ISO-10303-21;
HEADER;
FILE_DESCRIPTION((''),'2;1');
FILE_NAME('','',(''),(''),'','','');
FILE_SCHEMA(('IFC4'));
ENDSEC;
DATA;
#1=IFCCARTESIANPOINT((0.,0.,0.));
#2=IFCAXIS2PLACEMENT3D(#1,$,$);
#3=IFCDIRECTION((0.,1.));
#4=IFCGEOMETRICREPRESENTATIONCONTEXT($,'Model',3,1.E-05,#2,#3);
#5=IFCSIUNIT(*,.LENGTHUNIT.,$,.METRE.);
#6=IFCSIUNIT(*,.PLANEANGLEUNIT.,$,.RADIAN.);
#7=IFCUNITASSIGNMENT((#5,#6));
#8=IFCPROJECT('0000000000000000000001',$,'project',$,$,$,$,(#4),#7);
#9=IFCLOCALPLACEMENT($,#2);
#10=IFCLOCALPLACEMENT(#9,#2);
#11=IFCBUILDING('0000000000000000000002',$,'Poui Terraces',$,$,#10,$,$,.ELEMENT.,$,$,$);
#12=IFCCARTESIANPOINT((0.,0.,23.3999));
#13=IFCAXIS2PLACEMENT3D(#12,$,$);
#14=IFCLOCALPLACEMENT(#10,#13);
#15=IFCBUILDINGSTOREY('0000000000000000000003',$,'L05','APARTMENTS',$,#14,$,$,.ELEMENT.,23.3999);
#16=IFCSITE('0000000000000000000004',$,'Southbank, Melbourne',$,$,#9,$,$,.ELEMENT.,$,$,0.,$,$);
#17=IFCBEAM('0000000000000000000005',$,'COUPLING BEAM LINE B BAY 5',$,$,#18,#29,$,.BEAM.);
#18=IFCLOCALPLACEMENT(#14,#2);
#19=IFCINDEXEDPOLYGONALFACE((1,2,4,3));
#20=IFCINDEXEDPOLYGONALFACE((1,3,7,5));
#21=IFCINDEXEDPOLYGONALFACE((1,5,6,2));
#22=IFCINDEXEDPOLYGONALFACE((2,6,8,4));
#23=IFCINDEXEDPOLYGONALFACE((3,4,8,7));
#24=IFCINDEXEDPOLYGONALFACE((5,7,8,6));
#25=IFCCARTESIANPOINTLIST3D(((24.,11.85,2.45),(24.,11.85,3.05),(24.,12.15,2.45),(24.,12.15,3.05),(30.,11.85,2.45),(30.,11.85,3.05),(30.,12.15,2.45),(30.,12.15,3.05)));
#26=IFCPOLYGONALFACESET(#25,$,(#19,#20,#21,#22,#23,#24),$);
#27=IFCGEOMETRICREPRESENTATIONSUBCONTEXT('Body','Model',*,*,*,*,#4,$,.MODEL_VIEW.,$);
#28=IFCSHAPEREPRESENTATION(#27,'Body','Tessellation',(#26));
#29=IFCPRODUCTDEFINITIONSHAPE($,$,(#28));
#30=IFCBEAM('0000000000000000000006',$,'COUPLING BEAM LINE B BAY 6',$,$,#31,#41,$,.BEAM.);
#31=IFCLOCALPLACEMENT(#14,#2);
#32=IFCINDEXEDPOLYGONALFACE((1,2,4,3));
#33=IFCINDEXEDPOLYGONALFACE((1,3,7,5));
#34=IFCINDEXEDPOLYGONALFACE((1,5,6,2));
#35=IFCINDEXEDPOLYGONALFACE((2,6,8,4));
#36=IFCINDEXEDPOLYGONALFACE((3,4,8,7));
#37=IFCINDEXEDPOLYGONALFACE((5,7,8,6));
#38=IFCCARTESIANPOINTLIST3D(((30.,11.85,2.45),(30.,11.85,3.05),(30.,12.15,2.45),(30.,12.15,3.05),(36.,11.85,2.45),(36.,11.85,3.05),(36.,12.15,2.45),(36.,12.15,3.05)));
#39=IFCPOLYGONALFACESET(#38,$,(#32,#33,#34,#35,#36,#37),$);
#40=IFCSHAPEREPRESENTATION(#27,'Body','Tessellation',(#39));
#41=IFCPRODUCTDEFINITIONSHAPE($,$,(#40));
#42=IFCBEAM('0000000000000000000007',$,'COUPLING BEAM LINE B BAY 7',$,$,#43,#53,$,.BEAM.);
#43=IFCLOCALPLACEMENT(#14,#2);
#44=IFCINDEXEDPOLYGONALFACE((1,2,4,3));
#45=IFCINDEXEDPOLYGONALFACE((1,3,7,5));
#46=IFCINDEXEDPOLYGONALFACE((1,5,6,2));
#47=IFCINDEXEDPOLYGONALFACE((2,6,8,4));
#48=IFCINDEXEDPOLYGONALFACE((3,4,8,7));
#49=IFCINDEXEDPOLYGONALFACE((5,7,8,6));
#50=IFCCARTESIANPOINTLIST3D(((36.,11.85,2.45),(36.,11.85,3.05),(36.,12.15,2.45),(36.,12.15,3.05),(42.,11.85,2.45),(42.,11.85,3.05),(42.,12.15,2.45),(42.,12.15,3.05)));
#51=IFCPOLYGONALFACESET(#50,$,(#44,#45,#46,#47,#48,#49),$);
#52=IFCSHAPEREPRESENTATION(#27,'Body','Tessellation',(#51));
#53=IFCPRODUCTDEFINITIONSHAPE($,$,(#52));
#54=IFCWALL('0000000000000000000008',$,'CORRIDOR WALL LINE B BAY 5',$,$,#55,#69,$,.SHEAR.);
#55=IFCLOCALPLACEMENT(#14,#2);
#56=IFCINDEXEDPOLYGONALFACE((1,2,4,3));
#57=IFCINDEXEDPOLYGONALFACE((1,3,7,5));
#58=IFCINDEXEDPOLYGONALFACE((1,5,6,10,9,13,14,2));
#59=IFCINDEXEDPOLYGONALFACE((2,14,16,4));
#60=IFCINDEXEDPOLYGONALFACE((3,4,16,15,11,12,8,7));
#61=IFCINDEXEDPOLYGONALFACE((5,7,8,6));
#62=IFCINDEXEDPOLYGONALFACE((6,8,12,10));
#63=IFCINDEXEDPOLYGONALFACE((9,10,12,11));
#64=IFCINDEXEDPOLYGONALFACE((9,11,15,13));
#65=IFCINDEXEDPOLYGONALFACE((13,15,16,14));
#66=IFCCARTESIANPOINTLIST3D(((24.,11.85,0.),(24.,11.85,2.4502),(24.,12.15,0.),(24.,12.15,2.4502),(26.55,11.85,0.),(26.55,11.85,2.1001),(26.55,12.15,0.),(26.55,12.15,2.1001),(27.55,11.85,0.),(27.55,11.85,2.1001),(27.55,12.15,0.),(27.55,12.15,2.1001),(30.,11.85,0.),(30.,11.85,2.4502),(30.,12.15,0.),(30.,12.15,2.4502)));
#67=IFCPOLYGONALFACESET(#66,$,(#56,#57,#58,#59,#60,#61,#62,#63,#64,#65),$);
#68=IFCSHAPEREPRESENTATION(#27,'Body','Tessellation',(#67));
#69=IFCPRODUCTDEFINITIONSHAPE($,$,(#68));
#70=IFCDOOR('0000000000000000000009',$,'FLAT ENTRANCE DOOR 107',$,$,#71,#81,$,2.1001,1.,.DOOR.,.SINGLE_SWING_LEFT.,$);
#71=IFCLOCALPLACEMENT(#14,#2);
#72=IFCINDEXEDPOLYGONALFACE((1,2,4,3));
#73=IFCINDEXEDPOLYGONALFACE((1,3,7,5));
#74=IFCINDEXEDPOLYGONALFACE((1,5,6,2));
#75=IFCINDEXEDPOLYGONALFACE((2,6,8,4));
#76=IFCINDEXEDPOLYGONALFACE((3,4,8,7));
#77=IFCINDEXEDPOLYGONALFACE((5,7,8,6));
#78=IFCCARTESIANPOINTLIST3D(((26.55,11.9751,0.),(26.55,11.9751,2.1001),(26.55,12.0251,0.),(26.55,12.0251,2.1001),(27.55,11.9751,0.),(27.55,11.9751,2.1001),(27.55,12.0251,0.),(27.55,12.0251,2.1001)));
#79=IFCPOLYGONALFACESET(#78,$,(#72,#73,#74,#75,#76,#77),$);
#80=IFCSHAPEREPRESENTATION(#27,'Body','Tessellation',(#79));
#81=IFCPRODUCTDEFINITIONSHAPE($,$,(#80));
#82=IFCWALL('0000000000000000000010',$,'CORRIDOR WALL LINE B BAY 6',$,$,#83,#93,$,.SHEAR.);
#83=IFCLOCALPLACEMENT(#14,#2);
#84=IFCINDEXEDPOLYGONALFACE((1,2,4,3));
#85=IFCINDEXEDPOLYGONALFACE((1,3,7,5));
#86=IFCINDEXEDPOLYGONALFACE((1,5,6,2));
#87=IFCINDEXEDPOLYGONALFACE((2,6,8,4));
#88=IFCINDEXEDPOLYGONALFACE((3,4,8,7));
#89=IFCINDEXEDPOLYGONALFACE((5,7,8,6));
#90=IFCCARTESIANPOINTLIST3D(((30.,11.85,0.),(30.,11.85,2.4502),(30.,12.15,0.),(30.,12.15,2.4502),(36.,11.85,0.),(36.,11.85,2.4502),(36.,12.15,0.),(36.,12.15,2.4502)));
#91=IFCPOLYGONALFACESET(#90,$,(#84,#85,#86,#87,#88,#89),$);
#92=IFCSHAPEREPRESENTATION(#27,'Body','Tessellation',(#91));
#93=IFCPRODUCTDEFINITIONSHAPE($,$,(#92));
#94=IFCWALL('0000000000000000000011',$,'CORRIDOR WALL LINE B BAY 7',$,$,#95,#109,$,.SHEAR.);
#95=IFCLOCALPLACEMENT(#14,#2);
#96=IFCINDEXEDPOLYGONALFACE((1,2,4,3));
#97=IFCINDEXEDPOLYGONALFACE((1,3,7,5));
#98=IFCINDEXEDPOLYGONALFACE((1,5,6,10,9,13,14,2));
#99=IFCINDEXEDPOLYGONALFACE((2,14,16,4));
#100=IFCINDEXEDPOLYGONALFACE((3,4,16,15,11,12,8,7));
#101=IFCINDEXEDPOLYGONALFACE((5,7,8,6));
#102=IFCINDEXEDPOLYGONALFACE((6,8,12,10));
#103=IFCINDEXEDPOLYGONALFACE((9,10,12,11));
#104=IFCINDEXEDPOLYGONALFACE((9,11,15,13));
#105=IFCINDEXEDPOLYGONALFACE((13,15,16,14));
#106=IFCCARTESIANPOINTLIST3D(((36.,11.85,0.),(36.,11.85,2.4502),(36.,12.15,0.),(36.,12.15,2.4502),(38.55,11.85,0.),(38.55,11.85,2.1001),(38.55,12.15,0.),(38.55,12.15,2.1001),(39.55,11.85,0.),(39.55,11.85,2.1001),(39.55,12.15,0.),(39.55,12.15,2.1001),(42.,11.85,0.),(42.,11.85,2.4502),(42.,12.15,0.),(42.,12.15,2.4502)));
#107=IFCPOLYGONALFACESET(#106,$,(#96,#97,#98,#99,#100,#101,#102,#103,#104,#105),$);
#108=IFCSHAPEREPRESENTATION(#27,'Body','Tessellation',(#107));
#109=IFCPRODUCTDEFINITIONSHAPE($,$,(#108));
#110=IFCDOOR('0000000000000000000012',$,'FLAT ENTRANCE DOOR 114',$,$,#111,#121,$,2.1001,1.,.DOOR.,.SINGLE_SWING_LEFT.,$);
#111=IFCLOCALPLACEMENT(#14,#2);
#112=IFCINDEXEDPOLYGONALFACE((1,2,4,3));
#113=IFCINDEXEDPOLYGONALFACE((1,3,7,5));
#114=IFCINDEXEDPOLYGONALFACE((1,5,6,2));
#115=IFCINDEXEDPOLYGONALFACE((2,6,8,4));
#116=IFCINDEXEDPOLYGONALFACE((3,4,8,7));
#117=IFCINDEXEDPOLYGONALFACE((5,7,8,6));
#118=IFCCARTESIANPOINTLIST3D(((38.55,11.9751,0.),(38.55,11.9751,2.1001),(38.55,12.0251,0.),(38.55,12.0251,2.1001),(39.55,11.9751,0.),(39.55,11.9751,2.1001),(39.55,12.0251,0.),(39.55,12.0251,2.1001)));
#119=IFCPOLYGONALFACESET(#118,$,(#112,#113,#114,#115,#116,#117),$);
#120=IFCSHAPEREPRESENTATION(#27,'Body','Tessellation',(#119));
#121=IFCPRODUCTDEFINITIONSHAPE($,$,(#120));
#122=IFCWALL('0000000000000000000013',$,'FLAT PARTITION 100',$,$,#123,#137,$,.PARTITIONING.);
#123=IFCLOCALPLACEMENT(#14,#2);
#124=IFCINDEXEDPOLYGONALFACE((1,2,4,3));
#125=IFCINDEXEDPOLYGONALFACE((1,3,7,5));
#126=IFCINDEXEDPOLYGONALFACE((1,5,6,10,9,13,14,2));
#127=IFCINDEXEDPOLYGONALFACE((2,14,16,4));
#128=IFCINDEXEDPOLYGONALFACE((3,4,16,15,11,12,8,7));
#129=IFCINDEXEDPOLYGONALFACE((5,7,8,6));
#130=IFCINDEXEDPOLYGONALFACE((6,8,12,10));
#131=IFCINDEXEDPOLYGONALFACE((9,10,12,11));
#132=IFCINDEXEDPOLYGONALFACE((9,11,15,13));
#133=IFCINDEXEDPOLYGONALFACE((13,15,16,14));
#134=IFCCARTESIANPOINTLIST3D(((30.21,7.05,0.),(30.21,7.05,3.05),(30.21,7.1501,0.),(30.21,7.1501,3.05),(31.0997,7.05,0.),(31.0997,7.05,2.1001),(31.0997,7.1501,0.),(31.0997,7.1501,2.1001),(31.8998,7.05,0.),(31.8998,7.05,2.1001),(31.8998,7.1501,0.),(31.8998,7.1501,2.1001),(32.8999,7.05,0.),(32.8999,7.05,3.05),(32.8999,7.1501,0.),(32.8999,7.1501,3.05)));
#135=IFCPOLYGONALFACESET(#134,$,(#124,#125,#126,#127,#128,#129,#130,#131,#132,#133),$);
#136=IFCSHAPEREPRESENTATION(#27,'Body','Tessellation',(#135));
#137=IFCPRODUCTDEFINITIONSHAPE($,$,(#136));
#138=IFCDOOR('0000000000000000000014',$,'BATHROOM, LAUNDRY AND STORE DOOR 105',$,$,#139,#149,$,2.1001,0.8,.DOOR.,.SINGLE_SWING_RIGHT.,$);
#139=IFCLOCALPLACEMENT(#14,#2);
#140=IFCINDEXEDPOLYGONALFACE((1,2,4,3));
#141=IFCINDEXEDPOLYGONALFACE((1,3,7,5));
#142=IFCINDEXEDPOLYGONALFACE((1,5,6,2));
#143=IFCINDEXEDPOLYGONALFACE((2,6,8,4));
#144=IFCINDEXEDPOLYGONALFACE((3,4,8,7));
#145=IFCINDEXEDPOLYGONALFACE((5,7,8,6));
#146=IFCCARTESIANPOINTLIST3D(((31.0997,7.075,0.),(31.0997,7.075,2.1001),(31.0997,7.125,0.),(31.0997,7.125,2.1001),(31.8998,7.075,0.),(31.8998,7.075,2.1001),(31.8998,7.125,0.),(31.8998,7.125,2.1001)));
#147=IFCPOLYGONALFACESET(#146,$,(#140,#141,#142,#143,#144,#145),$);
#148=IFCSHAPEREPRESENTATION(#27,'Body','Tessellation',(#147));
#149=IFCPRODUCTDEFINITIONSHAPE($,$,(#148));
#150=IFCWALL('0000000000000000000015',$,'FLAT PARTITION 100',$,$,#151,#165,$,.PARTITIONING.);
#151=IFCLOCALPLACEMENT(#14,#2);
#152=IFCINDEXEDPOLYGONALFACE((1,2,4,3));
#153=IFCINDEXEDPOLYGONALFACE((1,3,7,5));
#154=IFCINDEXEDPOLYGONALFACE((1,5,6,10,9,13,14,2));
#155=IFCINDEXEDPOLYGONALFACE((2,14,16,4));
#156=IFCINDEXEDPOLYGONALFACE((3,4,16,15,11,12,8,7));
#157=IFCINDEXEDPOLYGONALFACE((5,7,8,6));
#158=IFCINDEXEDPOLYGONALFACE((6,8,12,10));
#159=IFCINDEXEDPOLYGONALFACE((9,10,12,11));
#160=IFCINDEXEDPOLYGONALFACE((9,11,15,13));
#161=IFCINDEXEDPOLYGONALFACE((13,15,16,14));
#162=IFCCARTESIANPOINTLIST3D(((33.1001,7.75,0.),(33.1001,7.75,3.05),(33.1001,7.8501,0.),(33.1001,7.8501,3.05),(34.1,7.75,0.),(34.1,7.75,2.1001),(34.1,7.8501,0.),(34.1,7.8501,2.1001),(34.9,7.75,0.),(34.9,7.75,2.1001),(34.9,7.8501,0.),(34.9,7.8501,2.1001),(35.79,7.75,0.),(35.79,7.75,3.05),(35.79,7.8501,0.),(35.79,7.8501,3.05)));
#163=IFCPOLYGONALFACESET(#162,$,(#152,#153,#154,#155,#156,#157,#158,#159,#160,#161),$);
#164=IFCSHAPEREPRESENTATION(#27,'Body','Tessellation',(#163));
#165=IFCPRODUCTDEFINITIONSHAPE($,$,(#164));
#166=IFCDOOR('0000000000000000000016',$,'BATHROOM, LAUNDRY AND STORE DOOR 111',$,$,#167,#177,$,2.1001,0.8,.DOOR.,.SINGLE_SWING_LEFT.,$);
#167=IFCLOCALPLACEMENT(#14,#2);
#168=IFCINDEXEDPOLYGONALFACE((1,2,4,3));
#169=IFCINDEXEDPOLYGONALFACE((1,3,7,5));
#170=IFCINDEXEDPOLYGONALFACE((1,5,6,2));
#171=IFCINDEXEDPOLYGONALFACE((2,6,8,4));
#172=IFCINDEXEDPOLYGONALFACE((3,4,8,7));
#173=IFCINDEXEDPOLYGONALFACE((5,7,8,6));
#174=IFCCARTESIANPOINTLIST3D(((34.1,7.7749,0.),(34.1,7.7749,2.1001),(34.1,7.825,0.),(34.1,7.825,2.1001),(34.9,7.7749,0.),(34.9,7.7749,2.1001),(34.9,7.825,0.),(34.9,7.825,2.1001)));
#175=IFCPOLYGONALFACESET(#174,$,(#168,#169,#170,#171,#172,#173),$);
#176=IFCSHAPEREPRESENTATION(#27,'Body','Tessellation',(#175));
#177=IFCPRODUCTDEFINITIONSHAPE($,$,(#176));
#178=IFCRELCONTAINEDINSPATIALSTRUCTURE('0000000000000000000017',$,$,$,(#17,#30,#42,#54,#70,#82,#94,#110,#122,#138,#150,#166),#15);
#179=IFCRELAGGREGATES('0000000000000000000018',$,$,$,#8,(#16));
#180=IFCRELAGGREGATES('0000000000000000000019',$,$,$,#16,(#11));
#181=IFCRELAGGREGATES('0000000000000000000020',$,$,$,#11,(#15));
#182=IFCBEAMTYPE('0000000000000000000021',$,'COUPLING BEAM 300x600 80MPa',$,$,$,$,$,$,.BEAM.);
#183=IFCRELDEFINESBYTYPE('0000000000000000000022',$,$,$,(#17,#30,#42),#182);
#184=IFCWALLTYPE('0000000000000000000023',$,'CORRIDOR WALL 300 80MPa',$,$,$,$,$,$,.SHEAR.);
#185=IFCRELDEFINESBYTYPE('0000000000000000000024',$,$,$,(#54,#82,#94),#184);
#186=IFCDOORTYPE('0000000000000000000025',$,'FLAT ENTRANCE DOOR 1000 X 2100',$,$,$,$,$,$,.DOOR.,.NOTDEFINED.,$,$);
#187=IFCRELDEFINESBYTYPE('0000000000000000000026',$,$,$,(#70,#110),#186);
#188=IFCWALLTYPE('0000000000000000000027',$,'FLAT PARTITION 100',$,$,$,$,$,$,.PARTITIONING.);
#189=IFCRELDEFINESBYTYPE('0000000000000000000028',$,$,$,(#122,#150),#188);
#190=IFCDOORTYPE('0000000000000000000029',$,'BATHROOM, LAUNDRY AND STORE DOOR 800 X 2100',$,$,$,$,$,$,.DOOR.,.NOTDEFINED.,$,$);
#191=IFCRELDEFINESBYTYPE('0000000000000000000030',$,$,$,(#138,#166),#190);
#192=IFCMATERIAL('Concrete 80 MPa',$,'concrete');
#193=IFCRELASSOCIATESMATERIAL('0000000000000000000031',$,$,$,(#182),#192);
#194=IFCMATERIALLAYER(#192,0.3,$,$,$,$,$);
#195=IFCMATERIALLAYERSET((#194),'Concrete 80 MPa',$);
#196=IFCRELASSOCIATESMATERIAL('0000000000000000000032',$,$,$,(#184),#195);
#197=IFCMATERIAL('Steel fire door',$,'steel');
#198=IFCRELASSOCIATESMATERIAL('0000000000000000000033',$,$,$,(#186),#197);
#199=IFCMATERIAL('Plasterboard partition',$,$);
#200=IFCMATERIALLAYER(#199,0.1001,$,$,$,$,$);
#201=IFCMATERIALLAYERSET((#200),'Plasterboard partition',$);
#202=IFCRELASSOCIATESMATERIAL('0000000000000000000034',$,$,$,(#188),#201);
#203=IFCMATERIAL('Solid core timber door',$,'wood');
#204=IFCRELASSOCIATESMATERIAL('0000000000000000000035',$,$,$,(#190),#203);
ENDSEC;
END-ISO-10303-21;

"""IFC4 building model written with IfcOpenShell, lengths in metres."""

from ifc_helpers import new_model, si_unit, direction, frame, frame_2d, origin, origin_2d, place, context, subcontext, project, spatial, rectangle, extrude, source, transform, mapped, material, layer, layer_set, material_profile, profile_set, type_object, element, fill, save


model = new_model("IFC4")

# Units and contexts
model_context = context("Model", 3, precision=1e-05, world=origin(), true_north=direction((0.0, 1.0)))
body_context = subcontext(model_context, "Body", "Model", "MODEL_VIEW")
ifc_project = project(units=[si_unit("LENGTHUNIT", "METRE"), si_unit("PLANEANGLEUNIT", "RADIAN")], contexts=[model_context])

# Site, building, storey
site_placement = place(None, origin())
site = spatial("IfcSite", under=ifc_project, at=site_placement, Name="Southbank, Melbourne", CompositionType="ELEMENT", RefElevation=0.0)
building_placement = place(site_placement, origin())
building = spatial("IfcBuilding", under=site, at=building_placement, Name="Poui Terraces", CompositionType="ELEMENT")
storey_placement = place(building_placement, frame((0.0, 0.0, 23.3999)))
storey = spatial("IfcBuildingStorey", under=building, at=storey_placement, Name="L05", Description="APARTMENTS", CompositionType="ELEMENT", Elevation=23.3999)

# Beams
ifc_material_1 = material(Name="Concrete 80 MPa", Category="concrete")
ifc_material_profile = material_profile(ifc_material_1, rectangle(XDim=0.3, YDim=0.6001, at=origin_2d()), Name="RC 300x600")
ifc_profile_set = profile_set([ifc_material_profile], Name="Concrete 80 MPa")
beam_type = type_object("IfcBeamType", Name="COUPLING BEAM 300x600 80MPa", PredefinedType="BEAM", material=ifc_profile_set)
shared_shape = source(origin(), body_context, "Body", "SweptSolid", [
    extrude(rectangle(XDim=0.3, YDim=0.6001, at=origin_2d()), origin(), (0.0, 0.0, 1.0), 6.0),
])
for number, where, z_axis, x_axis, name in (
    (1, (24.0, 12.0, 2.75), (1.0, 0.0, 0.0), (0.0, 1.0, 0.0), "COUPLING BEAM LINE B BAY 5"),
    (2, (30.0, 12.0, 2.75), (1.0, 0.0, 0.0), (0.0, 1.0, 0.0), "COUPLING BEAM LINE B BAY 6"),
    (3, (36.0, 12.0, 2.75), (1.0, 0.0, 0.0), (0.0, 1.0, 0.0), "COUPLING BEAM LINE B BAY 7"),
):
    element("IfcBeam", number, at=place(storey_placement, frame(where, z_axis=z_axis, x_axis=x_axis)), inside=storey, type_object=beam_type, Name=name, PredefinedType="BEAM", context=body_context, shape_type="MappedRepresentation", body=[
        mapped(shared_shape, transform((0.0, 0.0, 0.0))),
    ])

# Wall, opening, door
ifc_layer_1 = layer(ifc_material_1, 0.3)
ifc_layer_set_1 = layer_set([ifc_layer_1], Name="Concrete 80 MPa")
wall_type_1 = type_object("IfcWallType", Name="CORRIDOR WALL 300 80MPa", PredefinedType="SHEAR", material=ifc_layer_set_1)
wall_1_placement = place(storey_placement, frame((24.0, 12.0, 0.0), z_axis=(0.0, 0.0, 1.0), x_axis=(1.0, 0.0, 0.0)))
wall_1 = element("IfcWall", 4, at=wall_1_placement, inside=storey, type_object=wall_type_1, Name="CORRIDOR WALL LINE B BAY 5", PredefinedType="SHEAR", context=body_context, shape_type="SweptSolid", body=[
    extrude(rectangle(XDim=6.0, YDim=0.3, at=frame_2d((3.0, 0.0))), origin(), (0.0, 0.0, 1.0), 2.4502),
])
opening_1_placement = place(wall_1_placement, frame((2.55, 0.0, 0.0)))
opening_1 = element("IfcOpeningElement", 5, at=opening_1_placement, cuts=wall_1, PredefinedType="OPENING", context=body_context, shape_type="SweptSolid", body=[
    extrude(rectangle(XDim=1.0, YDim=2.1001, at=frame_2d((0.5, 1.05))), frame((0.0, 0.1602, 0.0), z_axis=(0.0, -1.0, 0.0), x_axis=(1.0, 0.0, 0.0)), (0.0, 0.0, 1.0), 0.3201),
])
ifc_material_2 = material(Name="Steel fire door", Category="steel")
door_type_1 = type_object("IfcDoorType", Name="FLAT ENTRANCE DOOR 1000 X 2100", OperationType="NOTDEFINED", PredefinedType="DOOR", material=ifc_material_2)
door_1_placement = place(opening_1_placement, frame((1.0, 0.0, 0.0), z_axis=(0.0, 0.0, 1.0), x_axis=(-1.0, 0.0, 0.0)))
door_1 = element("IfcDoor", 6, at=door_1_placement, inside=storey, type_object=door_type_1, Name="FLAT ENTRANCE DOOR 107", OperationType="SINGLE_SWING_LEFT", OverallHeight=2.1001, OverallWidth=1.0, PredefinedType="DOOR", context=body_context, shape_type="SweptSolid", body=[
    extrude(rectangle(XDim=1.0, YDim=2.1001, at=frame_2d((0.5, 1.05))), frame((0.0, 0.0249, 0.0), z_axis=(0.0, -1.0, 0.0), x_axis=(1.0, 0.0, 0.0)), (0.0, 0.0, 1.0), 0.05),
])
fill(opening_1, door_1)

# Wall
wall_2_placement = place(storey_placement, frame((30.0, 12.0, 0.0), z_axis=(0.0, 0.0, 1.0), x_axis=(1.0, 0.0, 0.0)))
element("IfcWall", 7, at=wall_2_placement, inside=storey, type_object=wall_type_1, Name="CORRIDOR WALL LINE B BAY 6", PredefinedType="SHEAR", context=body_context, shape_type="SweptSolid", body=[
    extrude(rectangle(XDim=6.0, YDim=0.3, at=frame_2d((3.0, 0.0))), origin(), (0.0, 0.0, 1.0), 2.4502),
])

# Walls, openings, doors
wall_3_placement = place(storey_placement, frame((36.0, 12.0, 0.0), z_axis=(0.0, 0.0, 1.0), x_axis=(1.0, 0.0, 0.0)))
wall_3 = element("IfcWall", 8, at=wall_3_placement, inside=storey, type_object=wall_type_1, Name="CORRIDOR WALL LINE B BAY 7", PredefinedType="SHEAR", context=body_context, shape_type="SweptSolid", body=[
    extrude(rectangle(XDim=6.0, YDim=0.3, at=frame_2d((3.0, 0.0))), origin(), (0.0, 0.0, 1.0), 2.4502),
])
opening_2_placement = place(wall_3_placement, frame((2.55, 0.0, 0.0)))
opening_2 = element("IfcOpeningElement", 9, at=opening_2_placement, cuts=wall_3, PredefinedType="OPENING", context=body_context, shape_type="SweptSolid", body=[
    extrude(rectangle(XDim=1.0, YDim=2.1001, at=frame_2d((0.5, 1.05))), frame((0.0, 0.1602, 0.0), z_axis=(0.0, -1.0, 0.0), x_axis=(1.0, 0.0, 0.0)), (0.0, 0.0, 1.0), 0.3201),
])
door_2_placement = place(opening_2_placement, frame((1.0, 0.0, 0.0), z_axis=(0.0, 0.0, 1.0), x_axis=(-1.0, 0.0, 0.0)))
door_2 = element("IfcDoor", 10, at=door_2_placement, inside=storey, type_object=door_type_1, Name="FLAT ENTRANCE DOOR 114", OperationType="SINGLE_SWING_LEFT", OverallHeight=2.1001, OverallWidth=1.0, PredefinedType="DOOR", context=body_context, shape_type="SweptSolid", body=[
    extrude(rectangle(XDim=1.0, YDim=2.1001, at=frame_2d((0.5, 1.05))), frame((0.0, 0.0249, 0.0), z_axis=(0.0, -1.0, 0.0), x_axis=(1.0, 0.0, 0.0)), (0.0, 0.0, 1.0), 0.05),
])
fill(opening_2, door_2)
ifc_material_3 = material(Name="Plasterboard partition")
ifc_layer_2 = layer(ifc_material_3, 0.1001)
ifc_layer_set_2 = layer_set([ifc_layer_2], Name="Plasterboard partition")
wall_type_2 = type_object("IfcWallType", Name="FLAT PARTITION 100", PredefinedType="PARTITIONING", material=ifc_layer_set_2)
wall_4_placement = place(storey_placement, frame((30.21, 7.1001, 0.0), z_axis=(0.0, 0.0, 1.0), x_axis=(1.0, 0.0, 0.0)))
wall_4 = element("IfcWall", 11, at=wall_4_placement, inside=storey, type_object=wall_type_2, Name="FLAT PARTITION 100", PredefinedType="PARTITIONING", context=body_context, shape_type="SweptSolid", body=[
    extrude(rectangle(XDim=2.6899, YDim=0.1001, at=frame_2d((1.345, 0.0))), origin(), (0.0, 0.0, 1.0), 3.05),
])
opening_3_placement = place(wall_4_placement, frame((0.8899, 0.0, 0.0)))
opening_3 = element("IfcOpeningElement", 12, at=opening_3_placement, cuts=wall_4, PredefinedType="OPENING", context=body_context, shape_type="SweptSolid", body=[
    extrude(rectangle(XDim=0.8, YDim=2.1001, at=frame_2d((0.3999, 1.05))), frame((0.0, 0.0601, 0.0), z_axis=(0.0, -1.0, 0.0), x_axis=(1.0, 0.0, 0.0)), (0.0, 0.0, 1.0), 0.1201),
])
ifc_material_4 = material(Name="Solid core timber door", Category="wood")
door_type_2 = type_object("IfcDoorType", Name="BATHROOM, LAUNDRY AND STORE DOOR 800 X 2100", OperationType="NOTDEFINED", PredefinedType="DOOR", material=ifc_material_4)
door_3_placement = place(opening_3_placement, origin())
door_3 = element("IfcDoor", 13, at=door_3_placement, inside=storey, type_object=door_type_2, Name="BATHROOM, LAUNDRY AND STORE DOOR 105", OperationType="SINGLE_SWING_RIGHT", OverallHeight=2.1001, OverallWidth=0.8, PredefinedType="DOOR", context=body_context, shape_type="SweptSolid", body=[
    extrude(rectangle(XDim=0.8, YDim=2.1001, at=frame_2d((0.3999, 1.05))), frame((0.0, 0.0249, 0.0), z_axis=(0.0, -1.0, 0.0), x_axis=(1.0, 0.0, 0.0)), (0.0, 0.0, 1.0), 0.05),
])
fill(opening_3, door_3)
wall_5_placement = place(storey_placement, frame((33.1001, 7.8, 0.0), z_axis=(0.0, 0.0, 1.0), x_axis=(1.0, 0.0, 0.0)))
wall_5 = element("IfcWall", 14, at=wall_5_placement, inside=storey, type_object=wall_type_2, Name="FLAT PARTITION 100", PredefinedType="PARTITIONING", context=body_context, shape_type="SweptSolid", body=[
    extrude(rectangle(XDim=2.6899, YDim=0.1001, at=frame_2d((1.345, 0.0))), origin(), (0.0, 0.0, 1.0), 3.05),
])
opening_4_placement = place(wall_5_placement, frame((1.0, 0.0, 0.0)))
opening_4 = element("IfcOpeningElement", 15, at=opening_4_placement, cuts=wall_5, PredefinedType="OPENING", context=body_context, shape_type="SweptSolid", body=[
    extrude(rectangle(XDim=0.8, YDim=2.1001, at=frame_2d((0.3999, 1.05))), frame((0.0, 0.0601, 0.0), z_axis=(0.0, -1.0, 0.0), x_axis=(1.0, 0.0, 0.0)), (0.0, 0.0, 1.0), 0.1201),
])
door_4_placement = place(opening_4_placement, origin())
door_4 = element("IfcDoor", 16, at=door_4_placement, inside=storey, type_object=door_type_2, Name="BATHROOM, LAUNDRY AND STORE DOOR 111", OperationType="SINGLE_SWING_LEFT", OverallHeight=2.1001, OverallWidth=0.8, PredefinedType="DOOR", context=body_context, shape_type="SweptSolid", body=[
    extrude(rectangle(XDim=0.8, YDim=2.1001, at=frame_2d((0.3999, 1.05))), frame((0.0, 0.0249, 0.0), z_axis=(0.0, -1.0, 0.0), x_axis=(1.0, 0.0, 0.0)), (0.0, 0.0, 1.0), 0.05),
])
fill(opening_4, door_4)

save(model, "model.ifc")
